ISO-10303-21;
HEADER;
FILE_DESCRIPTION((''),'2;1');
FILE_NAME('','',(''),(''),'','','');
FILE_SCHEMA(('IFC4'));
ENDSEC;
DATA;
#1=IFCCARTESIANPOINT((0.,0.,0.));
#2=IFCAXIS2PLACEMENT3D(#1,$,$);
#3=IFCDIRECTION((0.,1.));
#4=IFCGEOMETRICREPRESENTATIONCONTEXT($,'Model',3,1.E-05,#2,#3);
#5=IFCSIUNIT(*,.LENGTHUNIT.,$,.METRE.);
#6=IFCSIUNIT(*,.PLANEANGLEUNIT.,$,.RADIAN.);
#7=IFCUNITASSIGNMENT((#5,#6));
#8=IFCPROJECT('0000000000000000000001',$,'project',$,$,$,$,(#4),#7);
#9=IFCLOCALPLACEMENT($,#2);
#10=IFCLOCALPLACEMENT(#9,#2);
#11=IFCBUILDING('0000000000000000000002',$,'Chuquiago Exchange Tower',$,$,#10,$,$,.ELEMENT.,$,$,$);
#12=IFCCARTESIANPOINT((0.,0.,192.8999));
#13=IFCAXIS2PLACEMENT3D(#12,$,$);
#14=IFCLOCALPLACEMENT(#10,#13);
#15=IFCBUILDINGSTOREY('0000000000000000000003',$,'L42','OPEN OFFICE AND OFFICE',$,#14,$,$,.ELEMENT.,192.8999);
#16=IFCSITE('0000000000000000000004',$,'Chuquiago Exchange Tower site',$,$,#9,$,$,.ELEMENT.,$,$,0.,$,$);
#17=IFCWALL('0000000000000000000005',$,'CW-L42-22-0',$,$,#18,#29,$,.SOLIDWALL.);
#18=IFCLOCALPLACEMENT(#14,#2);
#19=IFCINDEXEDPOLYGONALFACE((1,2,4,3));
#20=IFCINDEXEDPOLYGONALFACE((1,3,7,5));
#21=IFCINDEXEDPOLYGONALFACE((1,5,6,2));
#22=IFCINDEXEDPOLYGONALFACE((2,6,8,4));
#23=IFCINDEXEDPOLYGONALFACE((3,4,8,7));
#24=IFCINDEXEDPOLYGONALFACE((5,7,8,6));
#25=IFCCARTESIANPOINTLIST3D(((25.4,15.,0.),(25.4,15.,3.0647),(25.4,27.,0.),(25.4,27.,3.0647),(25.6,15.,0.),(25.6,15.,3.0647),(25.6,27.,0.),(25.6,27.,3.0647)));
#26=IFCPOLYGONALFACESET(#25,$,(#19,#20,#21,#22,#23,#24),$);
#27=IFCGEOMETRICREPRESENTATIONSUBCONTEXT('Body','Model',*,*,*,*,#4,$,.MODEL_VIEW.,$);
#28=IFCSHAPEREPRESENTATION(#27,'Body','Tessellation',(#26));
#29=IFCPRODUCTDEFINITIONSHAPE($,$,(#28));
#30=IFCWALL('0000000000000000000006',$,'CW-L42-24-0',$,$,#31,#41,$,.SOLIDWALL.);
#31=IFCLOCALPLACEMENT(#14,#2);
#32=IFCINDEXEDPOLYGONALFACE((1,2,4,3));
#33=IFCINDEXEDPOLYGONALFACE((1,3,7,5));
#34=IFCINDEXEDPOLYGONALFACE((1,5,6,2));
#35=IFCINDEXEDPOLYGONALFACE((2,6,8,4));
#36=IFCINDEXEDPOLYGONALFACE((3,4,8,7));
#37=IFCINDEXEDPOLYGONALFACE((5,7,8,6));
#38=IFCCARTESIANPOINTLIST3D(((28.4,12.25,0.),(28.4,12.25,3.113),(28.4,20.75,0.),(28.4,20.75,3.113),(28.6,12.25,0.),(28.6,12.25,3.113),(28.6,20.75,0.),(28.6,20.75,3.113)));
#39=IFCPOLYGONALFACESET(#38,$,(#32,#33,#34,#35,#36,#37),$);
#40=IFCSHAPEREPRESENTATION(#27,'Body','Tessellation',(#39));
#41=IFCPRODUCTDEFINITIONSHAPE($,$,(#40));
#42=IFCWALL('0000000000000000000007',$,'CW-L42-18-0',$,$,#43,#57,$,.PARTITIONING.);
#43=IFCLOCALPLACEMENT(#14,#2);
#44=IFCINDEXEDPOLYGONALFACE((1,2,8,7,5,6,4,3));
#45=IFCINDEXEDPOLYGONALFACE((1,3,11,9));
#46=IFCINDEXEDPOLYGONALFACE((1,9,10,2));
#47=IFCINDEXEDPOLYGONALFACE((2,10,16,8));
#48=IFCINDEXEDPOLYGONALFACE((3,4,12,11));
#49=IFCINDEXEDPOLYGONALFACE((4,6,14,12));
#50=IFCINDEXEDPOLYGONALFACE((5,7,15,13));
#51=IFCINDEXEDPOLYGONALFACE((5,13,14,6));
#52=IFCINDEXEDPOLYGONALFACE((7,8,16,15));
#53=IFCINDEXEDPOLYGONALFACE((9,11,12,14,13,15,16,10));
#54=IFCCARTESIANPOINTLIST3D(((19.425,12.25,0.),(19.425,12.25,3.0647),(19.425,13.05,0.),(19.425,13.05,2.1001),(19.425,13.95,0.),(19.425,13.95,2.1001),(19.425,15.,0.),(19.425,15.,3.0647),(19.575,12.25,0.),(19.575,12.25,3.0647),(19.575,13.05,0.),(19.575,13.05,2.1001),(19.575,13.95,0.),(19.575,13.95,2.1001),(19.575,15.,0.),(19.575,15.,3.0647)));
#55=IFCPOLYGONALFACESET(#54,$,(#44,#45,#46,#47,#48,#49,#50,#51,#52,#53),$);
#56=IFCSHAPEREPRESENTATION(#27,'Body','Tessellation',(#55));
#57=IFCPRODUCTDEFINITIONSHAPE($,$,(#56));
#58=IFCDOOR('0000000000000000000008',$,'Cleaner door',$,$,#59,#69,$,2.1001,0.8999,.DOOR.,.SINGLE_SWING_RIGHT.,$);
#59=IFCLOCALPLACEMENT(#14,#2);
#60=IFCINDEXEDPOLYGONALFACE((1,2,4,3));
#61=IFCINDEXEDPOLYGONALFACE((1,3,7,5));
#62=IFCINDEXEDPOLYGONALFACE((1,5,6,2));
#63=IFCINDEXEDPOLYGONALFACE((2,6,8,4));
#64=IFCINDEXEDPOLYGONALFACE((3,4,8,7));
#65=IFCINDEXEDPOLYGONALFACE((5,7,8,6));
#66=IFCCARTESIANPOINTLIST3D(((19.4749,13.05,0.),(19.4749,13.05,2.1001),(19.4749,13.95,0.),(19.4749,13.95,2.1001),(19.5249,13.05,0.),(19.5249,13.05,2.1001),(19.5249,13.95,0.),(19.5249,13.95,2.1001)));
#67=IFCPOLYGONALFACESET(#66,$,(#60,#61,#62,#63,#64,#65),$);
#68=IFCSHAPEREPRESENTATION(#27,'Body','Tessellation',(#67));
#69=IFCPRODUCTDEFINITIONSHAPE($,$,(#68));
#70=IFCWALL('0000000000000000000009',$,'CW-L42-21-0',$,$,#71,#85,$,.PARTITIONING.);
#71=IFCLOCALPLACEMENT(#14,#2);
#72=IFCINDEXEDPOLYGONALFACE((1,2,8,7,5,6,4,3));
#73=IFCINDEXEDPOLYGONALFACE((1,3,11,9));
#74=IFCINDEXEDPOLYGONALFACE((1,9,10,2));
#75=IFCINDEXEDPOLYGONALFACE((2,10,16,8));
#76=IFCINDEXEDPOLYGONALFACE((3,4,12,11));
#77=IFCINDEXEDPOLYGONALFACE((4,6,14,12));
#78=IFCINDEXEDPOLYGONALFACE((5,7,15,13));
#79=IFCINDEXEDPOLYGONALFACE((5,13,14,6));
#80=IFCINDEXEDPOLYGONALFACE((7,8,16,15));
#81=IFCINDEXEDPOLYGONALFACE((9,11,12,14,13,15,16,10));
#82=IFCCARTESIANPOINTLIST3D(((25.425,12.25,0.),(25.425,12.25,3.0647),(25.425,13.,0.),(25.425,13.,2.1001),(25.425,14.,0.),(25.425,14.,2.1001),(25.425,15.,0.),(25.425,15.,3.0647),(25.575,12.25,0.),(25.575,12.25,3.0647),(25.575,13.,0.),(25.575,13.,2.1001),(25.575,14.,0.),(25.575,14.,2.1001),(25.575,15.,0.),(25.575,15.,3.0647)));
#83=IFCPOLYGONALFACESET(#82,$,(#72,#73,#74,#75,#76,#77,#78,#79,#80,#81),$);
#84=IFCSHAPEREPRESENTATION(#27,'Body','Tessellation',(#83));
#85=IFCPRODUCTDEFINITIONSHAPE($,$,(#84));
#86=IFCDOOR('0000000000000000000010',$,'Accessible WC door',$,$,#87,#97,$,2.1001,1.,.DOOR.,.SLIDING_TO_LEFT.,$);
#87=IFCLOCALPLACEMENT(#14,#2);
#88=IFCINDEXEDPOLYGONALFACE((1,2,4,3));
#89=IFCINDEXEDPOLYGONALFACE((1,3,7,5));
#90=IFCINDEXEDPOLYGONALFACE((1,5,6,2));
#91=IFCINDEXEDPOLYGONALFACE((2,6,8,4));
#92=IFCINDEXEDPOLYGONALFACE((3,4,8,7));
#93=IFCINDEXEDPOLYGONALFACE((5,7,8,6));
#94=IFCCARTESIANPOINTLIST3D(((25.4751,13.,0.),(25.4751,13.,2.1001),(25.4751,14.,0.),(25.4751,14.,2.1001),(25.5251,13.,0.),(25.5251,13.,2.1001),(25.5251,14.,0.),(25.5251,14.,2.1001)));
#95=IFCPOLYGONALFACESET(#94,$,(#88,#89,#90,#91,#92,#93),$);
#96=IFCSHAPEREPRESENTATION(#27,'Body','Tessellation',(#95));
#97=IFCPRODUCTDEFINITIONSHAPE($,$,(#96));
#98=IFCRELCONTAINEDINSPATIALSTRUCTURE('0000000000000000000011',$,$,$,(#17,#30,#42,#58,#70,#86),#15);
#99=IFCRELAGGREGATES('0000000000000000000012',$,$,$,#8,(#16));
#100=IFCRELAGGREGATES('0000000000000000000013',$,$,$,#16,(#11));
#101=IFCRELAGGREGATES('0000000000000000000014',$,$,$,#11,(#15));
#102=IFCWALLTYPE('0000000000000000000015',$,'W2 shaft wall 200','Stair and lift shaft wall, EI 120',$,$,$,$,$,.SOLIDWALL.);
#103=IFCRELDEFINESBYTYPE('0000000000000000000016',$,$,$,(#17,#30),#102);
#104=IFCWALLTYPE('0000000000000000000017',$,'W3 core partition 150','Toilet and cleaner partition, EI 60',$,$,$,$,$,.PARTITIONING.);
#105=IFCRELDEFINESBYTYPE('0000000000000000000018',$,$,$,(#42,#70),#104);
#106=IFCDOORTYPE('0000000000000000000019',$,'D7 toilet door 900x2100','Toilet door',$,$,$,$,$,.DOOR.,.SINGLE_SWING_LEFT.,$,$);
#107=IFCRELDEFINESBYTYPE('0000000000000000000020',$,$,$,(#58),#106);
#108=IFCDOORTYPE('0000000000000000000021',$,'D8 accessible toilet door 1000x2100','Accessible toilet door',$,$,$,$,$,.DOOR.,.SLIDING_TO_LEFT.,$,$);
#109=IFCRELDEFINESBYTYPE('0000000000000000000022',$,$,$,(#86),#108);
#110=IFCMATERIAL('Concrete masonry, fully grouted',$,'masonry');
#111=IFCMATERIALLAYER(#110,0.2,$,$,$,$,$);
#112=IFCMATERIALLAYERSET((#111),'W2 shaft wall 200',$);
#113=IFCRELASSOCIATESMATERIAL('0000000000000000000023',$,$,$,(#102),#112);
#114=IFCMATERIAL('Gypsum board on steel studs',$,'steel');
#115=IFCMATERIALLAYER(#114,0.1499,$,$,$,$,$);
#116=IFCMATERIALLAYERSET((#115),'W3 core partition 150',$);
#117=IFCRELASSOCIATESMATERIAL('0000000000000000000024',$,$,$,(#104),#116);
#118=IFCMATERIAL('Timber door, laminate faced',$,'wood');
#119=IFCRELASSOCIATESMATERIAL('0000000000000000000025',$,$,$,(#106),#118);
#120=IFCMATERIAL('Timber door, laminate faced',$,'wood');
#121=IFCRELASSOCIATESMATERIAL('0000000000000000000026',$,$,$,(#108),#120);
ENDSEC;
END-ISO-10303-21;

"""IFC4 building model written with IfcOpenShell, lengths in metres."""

from ifc_helpers import new_model, si_unit, direction, frame, frame_2d, origin, place, context, subcontext, project, spatial, rectangle, extrude, material, layer, layer_set, type_object, element, fill, save


model = new_model("IFC4")

# Units and contexts
model_context = context("Model", 3, precision=1e-05, world=origin(), true_north=direction((0.0, 1.0)))
body_context = subcontext(model_context, "Body", "Model", "MODEL_VIEW")
ifc_project = project(units=[si_unit("LENGTHUNIT", "METRE"), si_unit("PLANEANGLEUNIT", "RADIAN")], contexts=[model_context])

# Site, building, storey
site_placement = place(None, origin())
site = spatial("IfcSite", under=ifc_project, at=site_placement, Name="Chuquiago Exchange Tower site", CompositionType="ELEMENT", RefElevation=0.0)
building_placement = place(site_placement, origin())
building = spatial("IfcBuilding", under=site, at=building_placement, Name="Chuquiago Exchange Tower", CompositionType="ELEMENT")
storey_placement = place(building_placement, frame((0.0, 0.0, 192.8999)))
storey = spatial("IfcBuildingStorey", under=building, at=storey_placement, Name="L42", Description="OPEN OFFICE AND OFFICE", CompositionType="ELEMENT", Elevation=192.8999)

# Shared definitions
ifc_material_1 = material(Name="Concrete masonry, fully grouted", Category="masonry")
ifc_layer_1 = layer(ifc_material_1, 0.2)
ifc_layer_set_1 = layer_set([ifc_layer_1], Name="W2 shaft wall 200")
wall_type_1 = type_object("IfcWallType", Name="W2 shaft wall 200", Description="Stair and lift shaft wall, EI 120", PredefinedType="SOLIDWALL", material=ifc_layer_set_1)

# Walls
wall_1_placement = place(storey_placement, frame((25.5, 15.0, 0.0), z_axis=(0.0, 0.0, 1.0), x_axis=(0.0, 1.0, 0.0)))
element("IfcWall", 1, at=wall_1_placement, inside=storey, type_object=wall_type_1, Name="CW-L42-22-0", PredefinedType="SOLIDWALL", context=body_context, shape_type="SweptSolid", body=[
    extrude(rectangle(XDim=12.0, YDim=0.2, at=frame_2d((6.0, 0.0))), origin(), (0.0, 0.0, 1.0), 3.0647),
])
wall_2_placement = place(storey_placement, frame((28.5, 12.25, 0.0), z_axis=(0.0, 0.0, 1.0), x_axis=(0.0, 1.0, 0.0)))
element("IfcWall", 2, at=wall_2_placement, inside=storey, type_object=wall_type_1, Name="CW-L42-24-0", PredefinedType="SOLIDWALL", context=body_context, shape_type="SweptSolid", body=[
    extrude(rectangle(XDim=8.5, YDim=0.2, at=frame_2d((4.25, 0.0))), origin(), (0.0, 0.0, 1.0), 3.113),
])

# Walls, openings, doors
ifc_material_2 = material(Name="Gypsum board on steel studs", Category="steel")
ifc_layer_2 = layer(ifc_material_2, 0.1499)
ifc_layer_set_2 = layer_set([ifc_layer_2], Name="W3 core partition 150")
wall_type_2 = type_object("IfcWallType", Name="W3 core partition 150", Description="Toilet and cleaner partition, EI 60", PredefinedType="PARTITIONING", material=ifc_layer_set_2)
wall_3_placement = place(storey_placement, frame((19.5, 12.25, 0.0), z_axis=(0.0, 0.0, 1.0), x_axis=(0.0, 1.0, 0.0)))
wall_3 = element("IfcWall", 3, at=wall_3_placement, inside=storey, type_object=wall_type_2, Name="CW-L42-18-0", PredefinedType="PARTITIONING", context=body_context, shape_type="SweptSolid", body=[
    extrude(rectangle(XDim=2.75, YDim=0.1499, at=frame_2d((1.375, 0.0))), origin(), (0.0, 0.0, 1.0), 3.0647),
])
opening_1_placement = place(wall_3_placement, frame((0.8, 0.0, 0.0)))
opening_1 = element("IfcOpeningElement", 4, at=opening_1_placement, cuts=wall_3, PredefinedType="OPENING", context=body_context, shape_type="SweptSolid", body=[
    extrude(rectangle(XDim=0.8999, YDim=2.1001, at=frame_2d((0.45, 1.05))), frame((0.0, 0.085, 0.0), z_axis=(0.0, -1.0, 0.0), x_axis=(1.0, 0.0, 0.0)), (0.0, 0.0, 1.0), 0.1699),
])
ifc_material_3 = material(Name="Timber door, laminate faced", Category="wood")
door_type_1 = type_object("IfcDoorType", Name="D7 toilet door 900x2100", Description="Toilet door", OperationType="SINGLE_SWING_LEFT", PredefinedType="DOOR", material=ifc_material_3)
door_1_placement = place(opening_1_placement, frame((0.8999, 0.0, 0.0), z_axis=(0.0, 0.0, 1.0), x_axis=(-1.0, 0.0, 0.0)))
door_1 = element("IfcDoor", 5, at=door_1_placement, inside=storey, type_object=door_type_1, Name="Cleaner door", OperationType="SINGLE_SWING_RIGHT", OverallHeight=2.1001, OverallWidth=0.8999, PredefinedType="DOOR", context=body_context, shape_type="SweptSolid", body=[
    extrude(rectangle(XDim=0.8999, YDim=2.1001, at=frame_2d((0.45, 1.05))), frame((0.0, 0.0249, 0.0), z_axis=(0.0, -1.0, 0.0), x_axis=(1.0, 0.0, 0.0)), (0.0, 0.0, 1.0), 0.05),
])
fill(opening_1, door_1)
wall_4_placement = place(storey_placement, frame((25.5, 12.25, 0.0), z_axis=(0.0, 0.0, 1.0), x_axis=(0.0, 1.0, 0.0)))
wall_4 = element("IfcWall", 6, at=wall_4_placement, inside=storey, type_object=wall_type_2, Name="CW-L42-21-0", PredefinedType="PARTITIONING", context=body_context, shape_type="SweptSolid", body=[
    extrude(rectangle(XDim=2.75, YDim=0.1499, at=frame_2d((1.375, 0.0))), origin(), (0.0, 0.0, 1.0), 3.0647),
])
opening_2_placement = place(wall_4_placement, frame((0.75, 0.0, 0.0)))
opening_2 = element("IfcOpeningElement", 7, at=opening_2_placement, cuts=wall_4, PredefinedType="OPENING", context=body_context, shape_type="SweptSolid", body=[
    extrude(rectangle(XDim=1.0, YDim=2.1001, at=frame_2d((0.5, 1.05))), frame((0.0, 0.085, 0.0), z_axis=(0.0, -1.0, 0.0), x_axis=(1.0, 0.0, 0.0)), (0.0, 0.0, 1.0), 0.1699),
])
ifc_material_4 = material(Name="Timber door, laminate faced", Category="wood")
door_type_2 = type_object("IfcDoorType", Name="D8 accessible toilet door 1000x2100", Description="Accessible toilet door", OperationType="SLIDING_TO_LEFT", PredefinedType="DOOR", material=ifc_material_4)
door_2_placement = place(opening_2_placement, origin())
door_2 = element("IfcDoor", 8, at=door_2_placement, inside=storey, type_object=door_type_2, Name="Accessible WC door", OperationType="SLIDING_TO_LEFT", OverallHeight=2.1001, OverallWidth=1.0, PredefinedType="DOOR", context=body_context, shape_type="SweptSolid", body=[
    extrude(rectangle(XDim=1.0, YDim=2.1001, at=frame_2d((0.5, 1.05))), frame((0.0, 0.0249, 0.0), z_axis=(0.0, -1.0, 0.0), x_axis=(1.0, 0.0, 0.0)), (0.0, 0.0, 1.0), 0.05),
])
fill(opening_2, door_2)

save(model, "model.ifc")
